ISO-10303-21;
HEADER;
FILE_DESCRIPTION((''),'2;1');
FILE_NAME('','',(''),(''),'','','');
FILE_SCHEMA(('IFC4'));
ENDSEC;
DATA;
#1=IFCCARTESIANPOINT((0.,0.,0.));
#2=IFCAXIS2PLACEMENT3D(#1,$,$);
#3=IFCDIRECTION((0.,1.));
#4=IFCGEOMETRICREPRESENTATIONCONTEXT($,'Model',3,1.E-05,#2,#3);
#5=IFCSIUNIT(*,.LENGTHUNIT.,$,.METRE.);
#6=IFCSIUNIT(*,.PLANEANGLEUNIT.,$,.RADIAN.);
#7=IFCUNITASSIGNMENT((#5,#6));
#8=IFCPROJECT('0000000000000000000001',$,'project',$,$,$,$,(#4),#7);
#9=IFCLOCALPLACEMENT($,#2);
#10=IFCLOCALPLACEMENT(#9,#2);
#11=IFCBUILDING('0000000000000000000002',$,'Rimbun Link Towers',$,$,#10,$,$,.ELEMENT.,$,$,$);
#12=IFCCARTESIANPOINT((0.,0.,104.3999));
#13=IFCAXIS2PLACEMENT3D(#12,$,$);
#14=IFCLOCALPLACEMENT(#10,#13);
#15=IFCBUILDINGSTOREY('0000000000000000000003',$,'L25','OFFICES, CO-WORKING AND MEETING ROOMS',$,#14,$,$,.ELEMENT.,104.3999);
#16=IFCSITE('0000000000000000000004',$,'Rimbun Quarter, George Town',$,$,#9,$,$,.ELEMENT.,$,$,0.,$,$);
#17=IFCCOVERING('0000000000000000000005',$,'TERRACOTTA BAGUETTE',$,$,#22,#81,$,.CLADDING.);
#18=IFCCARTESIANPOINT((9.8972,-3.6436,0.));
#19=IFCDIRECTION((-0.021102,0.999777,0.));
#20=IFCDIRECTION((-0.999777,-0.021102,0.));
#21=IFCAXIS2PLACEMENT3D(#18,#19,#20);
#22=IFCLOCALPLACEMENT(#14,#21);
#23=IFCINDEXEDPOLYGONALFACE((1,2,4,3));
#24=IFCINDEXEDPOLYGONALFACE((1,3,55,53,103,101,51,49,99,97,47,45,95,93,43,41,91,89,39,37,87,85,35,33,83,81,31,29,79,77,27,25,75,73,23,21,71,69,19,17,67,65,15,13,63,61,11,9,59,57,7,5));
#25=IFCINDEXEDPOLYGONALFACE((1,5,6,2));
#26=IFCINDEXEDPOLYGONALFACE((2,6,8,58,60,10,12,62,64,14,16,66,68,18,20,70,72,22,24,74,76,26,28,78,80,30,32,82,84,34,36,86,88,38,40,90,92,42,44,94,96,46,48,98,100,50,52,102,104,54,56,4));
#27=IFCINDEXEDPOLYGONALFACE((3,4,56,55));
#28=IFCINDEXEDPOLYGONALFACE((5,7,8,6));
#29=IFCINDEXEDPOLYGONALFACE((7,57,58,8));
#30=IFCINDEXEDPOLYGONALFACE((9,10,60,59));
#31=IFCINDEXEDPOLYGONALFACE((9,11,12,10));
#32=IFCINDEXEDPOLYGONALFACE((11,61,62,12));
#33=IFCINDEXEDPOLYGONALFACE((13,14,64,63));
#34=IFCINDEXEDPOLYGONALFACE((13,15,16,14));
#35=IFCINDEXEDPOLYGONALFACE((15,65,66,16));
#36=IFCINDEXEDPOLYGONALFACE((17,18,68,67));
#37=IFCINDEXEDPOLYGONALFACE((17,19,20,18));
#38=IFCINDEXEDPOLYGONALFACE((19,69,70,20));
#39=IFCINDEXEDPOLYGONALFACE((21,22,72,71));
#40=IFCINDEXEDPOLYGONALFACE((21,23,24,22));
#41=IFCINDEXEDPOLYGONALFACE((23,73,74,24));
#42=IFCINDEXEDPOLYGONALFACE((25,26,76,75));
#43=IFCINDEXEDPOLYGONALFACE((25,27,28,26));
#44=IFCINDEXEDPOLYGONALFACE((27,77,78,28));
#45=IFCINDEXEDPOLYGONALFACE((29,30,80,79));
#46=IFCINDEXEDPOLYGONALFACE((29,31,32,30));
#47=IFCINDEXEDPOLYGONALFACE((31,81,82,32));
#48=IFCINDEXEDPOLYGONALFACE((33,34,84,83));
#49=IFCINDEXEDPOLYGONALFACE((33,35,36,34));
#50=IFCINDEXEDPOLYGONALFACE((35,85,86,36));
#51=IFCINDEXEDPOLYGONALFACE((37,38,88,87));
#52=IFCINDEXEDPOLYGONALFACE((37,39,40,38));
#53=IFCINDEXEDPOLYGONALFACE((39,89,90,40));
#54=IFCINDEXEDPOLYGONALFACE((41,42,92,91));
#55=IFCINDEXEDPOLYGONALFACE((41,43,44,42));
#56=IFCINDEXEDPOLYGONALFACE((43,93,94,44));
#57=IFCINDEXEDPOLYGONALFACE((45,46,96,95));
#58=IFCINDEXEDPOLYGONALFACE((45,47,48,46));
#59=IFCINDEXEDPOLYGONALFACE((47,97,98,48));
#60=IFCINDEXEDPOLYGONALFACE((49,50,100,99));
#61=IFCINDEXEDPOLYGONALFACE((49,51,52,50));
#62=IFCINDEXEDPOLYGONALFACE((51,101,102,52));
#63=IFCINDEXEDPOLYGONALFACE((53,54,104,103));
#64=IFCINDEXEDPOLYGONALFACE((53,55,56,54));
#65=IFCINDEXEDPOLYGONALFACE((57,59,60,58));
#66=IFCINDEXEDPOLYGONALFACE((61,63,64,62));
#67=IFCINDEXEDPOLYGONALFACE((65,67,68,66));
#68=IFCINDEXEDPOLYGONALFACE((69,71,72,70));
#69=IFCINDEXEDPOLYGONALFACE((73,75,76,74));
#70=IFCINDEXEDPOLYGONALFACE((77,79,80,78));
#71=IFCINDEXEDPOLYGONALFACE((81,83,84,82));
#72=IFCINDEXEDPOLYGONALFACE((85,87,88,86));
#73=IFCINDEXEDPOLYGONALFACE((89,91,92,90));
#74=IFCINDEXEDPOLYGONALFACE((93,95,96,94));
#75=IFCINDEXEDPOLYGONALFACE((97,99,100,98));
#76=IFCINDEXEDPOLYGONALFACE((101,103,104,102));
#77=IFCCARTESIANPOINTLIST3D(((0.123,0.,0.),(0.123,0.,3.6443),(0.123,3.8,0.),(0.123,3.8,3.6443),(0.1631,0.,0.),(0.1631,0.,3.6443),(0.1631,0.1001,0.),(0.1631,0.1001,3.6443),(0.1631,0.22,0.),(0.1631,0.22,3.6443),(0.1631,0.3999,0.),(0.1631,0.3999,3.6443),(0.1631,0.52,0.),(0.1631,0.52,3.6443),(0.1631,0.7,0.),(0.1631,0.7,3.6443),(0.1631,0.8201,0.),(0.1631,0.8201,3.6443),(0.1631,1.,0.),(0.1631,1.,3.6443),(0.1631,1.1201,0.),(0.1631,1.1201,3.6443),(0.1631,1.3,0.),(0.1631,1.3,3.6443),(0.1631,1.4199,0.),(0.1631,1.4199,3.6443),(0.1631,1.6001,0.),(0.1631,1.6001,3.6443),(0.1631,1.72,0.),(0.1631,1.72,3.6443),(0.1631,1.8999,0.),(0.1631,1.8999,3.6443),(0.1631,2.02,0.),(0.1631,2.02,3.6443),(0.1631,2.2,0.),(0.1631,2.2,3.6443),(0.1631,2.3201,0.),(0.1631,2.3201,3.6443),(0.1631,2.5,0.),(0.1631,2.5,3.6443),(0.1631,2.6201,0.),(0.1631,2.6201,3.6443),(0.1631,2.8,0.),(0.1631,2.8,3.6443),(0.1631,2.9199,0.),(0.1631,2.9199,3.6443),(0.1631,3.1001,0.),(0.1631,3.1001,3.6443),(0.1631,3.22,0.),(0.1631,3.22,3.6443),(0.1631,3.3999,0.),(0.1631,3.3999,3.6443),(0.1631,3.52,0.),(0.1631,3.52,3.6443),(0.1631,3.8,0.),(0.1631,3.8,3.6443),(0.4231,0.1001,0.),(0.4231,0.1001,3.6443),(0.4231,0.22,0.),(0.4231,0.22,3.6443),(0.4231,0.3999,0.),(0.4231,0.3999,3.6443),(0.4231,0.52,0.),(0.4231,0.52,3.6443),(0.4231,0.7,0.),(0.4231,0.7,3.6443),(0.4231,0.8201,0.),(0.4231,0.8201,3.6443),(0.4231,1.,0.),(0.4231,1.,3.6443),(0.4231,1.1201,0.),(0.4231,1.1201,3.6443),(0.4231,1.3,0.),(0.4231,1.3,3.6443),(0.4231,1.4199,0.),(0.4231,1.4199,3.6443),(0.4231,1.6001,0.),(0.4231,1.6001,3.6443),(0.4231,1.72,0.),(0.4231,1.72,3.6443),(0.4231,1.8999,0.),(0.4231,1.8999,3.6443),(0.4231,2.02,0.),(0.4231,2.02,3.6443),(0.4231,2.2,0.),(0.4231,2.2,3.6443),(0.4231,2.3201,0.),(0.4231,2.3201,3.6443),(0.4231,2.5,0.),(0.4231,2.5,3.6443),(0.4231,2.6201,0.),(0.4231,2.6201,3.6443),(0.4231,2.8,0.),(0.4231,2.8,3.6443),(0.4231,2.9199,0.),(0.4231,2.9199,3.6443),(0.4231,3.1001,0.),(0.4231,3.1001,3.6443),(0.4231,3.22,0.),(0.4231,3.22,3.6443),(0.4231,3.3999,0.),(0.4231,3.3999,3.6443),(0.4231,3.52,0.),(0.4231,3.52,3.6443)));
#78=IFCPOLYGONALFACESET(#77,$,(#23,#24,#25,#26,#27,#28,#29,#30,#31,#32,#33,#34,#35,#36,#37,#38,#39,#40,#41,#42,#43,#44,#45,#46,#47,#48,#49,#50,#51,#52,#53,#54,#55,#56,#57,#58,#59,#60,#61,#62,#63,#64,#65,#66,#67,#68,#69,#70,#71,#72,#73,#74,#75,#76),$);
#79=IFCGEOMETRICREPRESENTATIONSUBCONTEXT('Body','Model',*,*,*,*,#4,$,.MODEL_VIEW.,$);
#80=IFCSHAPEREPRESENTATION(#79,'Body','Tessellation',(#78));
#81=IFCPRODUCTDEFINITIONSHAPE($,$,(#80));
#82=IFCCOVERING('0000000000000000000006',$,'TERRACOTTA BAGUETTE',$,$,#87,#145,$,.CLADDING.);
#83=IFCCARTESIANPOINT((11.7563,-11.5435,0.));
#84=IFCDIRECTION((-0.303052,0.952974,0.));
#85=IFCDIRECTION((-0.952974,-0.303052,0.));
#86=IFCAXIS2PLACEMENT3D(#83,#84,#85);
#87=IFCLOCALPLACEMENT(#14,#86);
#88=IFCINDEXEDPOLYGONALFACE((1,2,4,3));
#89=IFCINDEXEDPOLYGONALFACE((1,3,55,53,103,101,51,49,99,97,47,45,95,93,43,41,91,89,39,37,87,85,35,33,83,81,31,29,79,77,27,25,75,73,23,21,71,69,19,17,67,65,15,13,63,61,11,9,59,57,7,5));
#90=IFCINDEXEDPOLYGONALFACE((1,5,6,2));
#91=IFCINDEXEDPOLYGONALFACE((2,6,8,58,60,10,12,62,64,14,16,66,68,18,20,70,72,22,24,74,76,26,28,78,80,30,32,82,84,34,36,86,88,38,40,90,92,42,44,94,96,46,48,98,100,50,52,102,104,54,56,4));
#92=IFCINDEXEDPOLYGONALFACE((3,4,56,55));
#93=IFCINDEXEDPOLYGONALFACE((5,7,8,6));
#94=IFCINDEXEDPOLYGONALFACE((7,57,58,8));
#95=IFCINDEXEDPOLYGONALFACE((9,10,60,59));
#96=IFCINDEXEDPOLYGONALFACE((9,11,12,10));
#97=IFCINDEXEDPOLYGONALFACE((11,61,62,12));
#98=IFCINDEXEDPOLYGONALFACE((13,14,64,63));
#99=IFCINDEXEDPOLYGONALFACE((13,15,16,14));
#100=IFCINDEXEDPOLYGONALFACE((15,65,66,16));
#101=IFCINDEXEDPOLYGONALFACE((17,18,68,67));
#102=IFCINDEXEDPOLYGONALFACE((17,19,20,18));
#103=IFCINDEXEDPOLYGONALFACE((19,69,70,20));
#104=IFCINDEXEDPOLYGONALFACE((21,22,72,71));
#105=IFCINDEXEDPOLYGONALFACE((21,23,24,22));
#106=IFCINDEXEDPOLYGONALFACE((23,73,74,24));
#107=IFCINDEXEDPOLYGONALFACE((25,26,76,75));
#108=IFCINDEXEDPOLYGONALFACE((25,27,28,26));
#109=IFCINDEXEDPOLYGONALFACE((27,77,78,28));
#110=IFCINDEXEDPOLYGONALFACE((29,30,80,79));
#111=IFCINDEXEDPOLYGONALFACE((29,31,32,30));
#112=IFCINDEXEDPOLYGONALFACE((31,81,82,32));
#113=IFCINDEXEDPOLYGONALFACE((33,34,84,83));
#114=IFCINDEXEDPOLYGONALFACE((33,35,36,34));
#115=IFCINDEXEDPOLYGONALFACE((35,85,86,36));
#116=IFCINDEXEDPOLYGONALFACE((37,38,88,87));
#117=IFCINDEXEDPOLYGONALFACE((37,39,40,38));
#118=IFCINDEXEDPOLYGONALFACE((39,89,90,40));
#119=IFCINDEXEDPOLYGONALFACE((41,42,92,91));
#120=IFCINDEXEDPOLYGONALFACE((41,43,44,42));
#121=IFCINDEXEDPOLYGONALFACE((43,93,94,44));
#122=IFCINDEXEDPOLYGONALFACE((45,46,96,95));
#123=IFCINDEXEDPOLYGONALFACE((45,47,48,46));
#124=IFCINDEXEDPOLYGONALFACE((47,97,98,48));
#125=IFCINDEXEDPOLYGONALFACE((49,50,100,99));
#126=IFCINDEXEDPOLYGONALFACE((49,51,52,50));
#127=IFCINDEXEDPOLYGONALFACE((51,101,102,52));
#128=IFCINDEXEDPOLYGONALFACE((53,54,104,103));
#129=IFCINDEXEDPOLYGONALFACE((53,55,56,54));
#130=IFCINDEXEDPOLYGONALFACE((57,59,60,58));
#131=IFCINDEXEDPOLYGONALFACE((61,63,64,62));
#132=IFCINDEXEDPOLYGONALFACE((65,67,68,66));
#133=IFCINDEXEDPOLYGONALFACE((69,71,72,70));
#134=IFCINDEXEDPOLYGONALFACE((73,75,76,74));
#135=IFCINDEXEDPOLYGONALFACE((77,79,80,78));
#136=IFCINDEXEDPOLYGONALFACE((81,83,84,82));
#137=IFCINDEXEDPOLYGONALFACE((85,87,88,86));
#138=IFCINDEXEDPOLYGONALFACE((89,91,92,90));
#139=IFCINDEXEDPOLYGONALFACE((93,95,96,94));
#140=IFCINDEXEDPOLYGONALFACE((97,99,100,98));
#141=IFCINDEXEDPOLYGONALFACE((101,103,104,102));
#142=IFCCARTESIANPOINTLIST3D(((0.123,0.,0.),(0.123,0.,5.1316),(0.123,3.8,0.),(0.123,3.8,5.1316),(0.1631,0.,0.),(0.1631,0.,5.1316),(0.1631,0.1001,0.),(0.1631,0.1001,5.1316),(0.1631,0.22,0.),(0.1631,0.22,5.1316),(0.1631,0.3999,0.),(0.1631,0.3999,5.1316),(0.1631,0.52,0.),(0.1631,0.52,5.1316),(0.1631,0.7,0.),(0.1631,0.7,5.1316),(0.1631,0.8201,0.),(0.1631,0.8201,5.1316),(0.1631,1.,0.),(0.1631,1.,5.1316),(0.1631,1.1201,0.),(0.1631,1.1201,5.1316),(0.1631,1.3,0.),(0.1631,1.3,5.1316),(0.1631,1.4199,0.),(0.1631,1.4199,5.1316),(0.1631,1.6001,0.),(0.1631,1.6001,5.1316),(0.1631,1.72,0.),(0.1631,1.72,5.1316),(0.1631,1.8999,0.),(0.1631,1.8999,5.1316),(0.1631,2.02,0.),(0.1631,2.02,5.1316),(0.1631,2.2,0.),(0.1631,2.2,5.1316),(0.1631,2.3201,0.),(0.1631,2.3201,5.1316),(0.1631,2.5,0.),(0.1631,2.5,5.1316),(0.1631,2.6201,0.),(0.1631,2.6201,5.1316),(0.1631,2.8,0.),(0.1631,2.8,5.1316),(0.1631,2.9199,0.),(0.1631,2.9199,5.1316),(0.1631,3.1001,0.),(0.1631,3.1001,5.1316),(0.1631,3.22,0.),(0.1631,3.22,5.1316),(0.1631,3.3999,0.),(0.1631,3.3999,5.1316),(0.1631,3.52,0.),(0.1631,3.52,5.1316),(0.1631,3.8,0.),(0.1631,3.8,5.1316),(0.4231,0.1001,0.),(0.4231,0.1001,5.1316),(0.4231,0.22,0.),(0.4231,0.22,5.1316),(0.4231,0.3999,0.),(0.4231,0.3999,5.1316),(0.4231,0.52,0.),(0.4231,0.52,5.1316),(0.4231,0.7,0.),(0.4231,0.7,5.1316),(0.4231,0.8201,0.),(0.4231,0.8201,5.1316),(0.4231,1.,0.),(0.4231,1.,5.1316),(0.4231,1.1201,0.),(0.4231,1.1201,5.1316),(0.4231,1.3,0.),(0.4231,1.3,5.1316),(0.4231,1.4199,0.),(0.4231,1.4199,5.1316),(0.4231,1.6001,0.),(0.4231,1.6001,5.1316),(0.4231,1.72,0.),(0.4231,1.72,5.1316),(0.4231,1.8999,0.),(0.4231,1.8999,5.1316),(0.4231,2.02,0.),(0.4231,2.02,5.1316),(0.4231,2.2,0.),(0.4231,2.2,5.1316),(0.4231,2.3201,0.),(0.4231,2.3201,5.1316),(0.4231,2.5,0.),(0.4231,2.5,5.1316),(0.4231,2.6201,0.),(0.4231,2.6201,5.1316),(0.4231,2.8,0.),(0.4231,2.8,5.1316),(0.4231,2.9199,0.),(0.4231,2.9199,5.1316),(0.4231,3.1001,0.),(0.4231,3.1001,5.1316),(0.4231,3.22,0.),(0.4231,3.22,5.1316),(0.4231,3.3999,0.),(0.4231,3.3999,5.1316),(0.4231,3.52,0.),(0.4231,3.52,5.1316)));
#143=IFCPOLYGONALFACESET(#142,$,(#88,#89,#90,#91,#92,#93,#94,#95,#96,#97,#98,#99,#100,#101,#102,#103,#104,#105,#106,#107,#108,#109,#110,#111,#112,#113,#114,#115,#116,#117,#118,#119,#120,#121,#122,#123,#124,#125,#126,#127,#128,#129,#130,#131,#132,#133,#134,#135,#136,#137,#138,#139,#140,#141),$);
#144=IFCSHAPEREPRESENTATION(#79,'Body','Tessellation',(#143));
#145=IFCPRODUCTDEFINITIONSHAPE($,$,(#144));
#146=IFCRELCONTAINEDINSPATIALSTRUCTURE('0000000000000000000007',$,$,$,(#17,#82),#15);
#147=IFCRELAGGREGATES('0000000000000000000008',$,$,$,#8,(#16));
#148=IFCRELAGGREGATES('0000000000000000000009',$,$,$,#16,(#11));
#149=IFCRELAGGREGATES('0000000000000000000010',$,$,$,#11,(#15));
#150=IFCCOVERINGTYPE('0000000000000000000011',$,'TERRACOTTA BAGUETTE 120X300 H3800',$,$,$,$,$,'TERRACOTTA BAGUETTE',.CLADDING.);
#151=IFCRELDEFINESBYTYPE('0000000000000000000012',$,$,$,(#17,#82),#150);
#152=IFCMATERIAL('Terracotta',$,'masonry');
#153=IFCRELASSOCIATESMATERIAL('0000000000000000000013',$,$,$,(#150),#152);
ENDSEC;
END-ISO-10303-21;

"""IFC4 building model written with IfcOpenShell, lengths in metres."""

from ifc_helpers import new_model, si_unit, direction, frame, origin, place, context, subcontext, project, spatial, polyline, outline, extrude, material, material_profile, profile_set, type_object, element, save


model = new_model("IFC4")

# Units and contexts
model_context = context("Model", 3, precision=1e-05, world=origin(), true_north=direction((0.0, 1.0)))
body_context = subcontext(model_context, "Body", "Model", "MODEL_VIEW")
ifc_project = project(units=[si_unit("LENGTHUNIT", "METRE"), si_unit("PLANEANGLEUNIT", "RADIAN")], contexts=[model_context])

# Site, building, storey
site_placement = place(None, origin())
site = spatial("IfcSite", under=ifc_project, at=site_placement, Name="Rimbun Quarter, George Town", CompositionType="ELEMENT", RefElevation=0.0)
building_placement = place(site_placement, origin())
building = spatial("IfcBuilding", under=site, at=building_placement, Name="Rimbun Link Towers", CompositionType="ELEMENT")
storey_placement = place(building_placement, frame((0.0, 0.0, 104.3999)))
storey = spatial("IfcBuildingStorey", under=building, at=storey_placement, Name="L25", Description="OFFICES, CO-WORKING AND MEETING ROOMS", CompositionType="ELEMENT", Elevation=104.3999)

# Coverings
ifc_material_1 = material(Name="Terracotta", Category="masonry")
ifc_material_profile_1 = material_profile(ifc_material_1, outline(polyline([(0.123, 0.0), (0.1631, 0.0), (0.1631, 0.1001), (0.4231, 0.1001), (0.4231, 0.22), (0.1631, 0.22), (0.1631, 0.3999), (0.4231, 0.3999), (0.4231, 0.52), (0.1631, 0.52), (0.1631, 0.7), (0.4231, 0.7), (0.4231, 0.8201), (0.1631, 0.8201), (0.1631, 1.0), (0.4231, 1.0), (0.4231, 1.1201), (0.1631, 1.1201), (0.1631, 1.3), (0.4231, 1.3), (0.4231, 1.4199), (0.1631, 1.4199), (0.1631, 1.6001), (0.4231, 1.6001), (0.4231, 1.72), (0.1631, 1.72), (0.1631, 1.8999), (0.4231, 1.8999), (0.4231, 2.02), (0.1631, 2.02), (0.1631, 2.2), (0.4231, 2.2), (0.4231, 2.3201), (0.1631, 2.3201), (0.1631, 2.5), (0.4231, 2.5), (0.4231, 2.6201), (0.1631, 2.6201), (0.1631, 2.8), (0.4231, 2.8), (0.4231, 2.9199), (0.1631, 2.9199), (0.1631, 3.1001), (0.4231, 3.1001), (0.4231, 3.22), (0.1631, 3.22), (0.1631, 3.3999), (0.4231, 3.3999), (0.4231, 3.52), (0.1631, 3.52), (0.1631, 3.8), (0.123, 3.8), (0.123, 0.0)])), Name="BAGUETTE 120X300")
ifc_profile_set_1 = profile_set([ifc_material_profile_1], Name="Terracotta")
covering_type_1 = type_object("IfcCoveringType", Name="TERRACOTTA BAGUETTE 120X300 H3800", ElementType="TERRACOTTA BAGUETTE", PredefinedType="CLADDING", material=ifc_profile_set_1)
covering_1_placement = place(storey_placement, frame((9.8972, -3.6436, 0.0), z_axis=(-0.021102, 0.999777, 0.0), x_axis=(-0.999777, -0.021102, 0.0)))
element("IfcCovering", 1, at=covering_1_placement, inside=storey, type_object=covering_type_1, Name="TERRACOTTA BAGUETTE", PredefinedType="CLADDING", context=body_context, shape_type="SweptSolid", body=[
    extrude(outline(polyline([(0.123, 0.0), (0.1631, 0.0), (0.1631, 0.1001), (0.4231, 0.1001), (0.4231, 0.22), (0.1631, 0.22), (0.1631, 0.3999), (0.4231, 0.3999), (0.4231, 0.52), (0.1631, 0.52), (0.1631, 0.7), (0.4231, 0.7), (0.4231, 0.8201), (0.1631, 0.8201), (0.1631, 1.0), (0.4231, 1.0), (0.4231, 1.1201), (0.1631, 1.1201), (0.1631, 1.3), (0.4231, 1.3), (0.4231, 1.4199), (0.1631, 1.4199), (0.1631, 1.6001), (0.4231, 1.6001), (0.4231, 1.72), (0.1631, 1.72), (0.1631, 1.8999), (0.4231, 1.8999), (0.4231, 2.02), (0.1631, 2.02), (0.1631, 2.2), (0.4231, 2.2), (0.4231, 2.3201), (0.1631, 2.3201), (0.1631, 2.5), (0.4231, 2.5), (0.4231, 2.6201), (0.1631, 2.6201), (0.1631, 2.8), (0.4231, 2.8), (0.4231, 2.9199), (0.1631, 2.9199), (0.1631, 3.1001), (0.4231, 3.1001), (0.4231, 3.22), (0.1631, 3.22), (0.1631, 3.3999), (0.4231, 3.3999), (0.4231, 3.52), (0.1631, 3.52), (0.1631, 3.8), (0.123, 3.8), (0.123, 0.0)])), origin(), (0.0, 0.0, 1.0), 3.6443),
])
covering_2_placement = place(storey_placement, frame((11.7563, -11.5435, 0.0), z_axis=(-0.303052, 0.952974, 0.0), x_axis=(-0.952974, -0.303052, 0.0)))
element("IfcCovering", 2, at=covering_2_placement, inside=storey, type_object=covering_type_1, Name="TERRACOTTA BAGUETTE", PredefinedType="CLADDING", context=body_context, shape_type="SweptSolid", body=[
    extrude(outline(polyline([(0.123, 0.0), (0.1631, 0.0), (0.1631, 0.1001), (0.4231, 0.1001), (0.4231, 0.22), (0.1631, 0.22), (0.1631, 0.3999), (0.4231, 0.3999), (0.4231, 0.52), (0.1631, 0.52), (0.1631, 0.7), (0.4231, 0.7), (0.4231, 0.8201), (0.1631, 0.8201), (0.1631, 1.0), (0.4231, 1.0), (0.4231, 1.1201), (0.1631, 1.1201), (0.1631, 1.3), (0.4231, 1.3), (0.4231, 1.4199), (0.1631, 1.4199), (0.1631, 1.6001), (0.4231, 1.6001), (0.4231, 1.72), (0.1631, 1.72), (0.1631, 1.8999), (0.4231, 1.8999), (0.4231, 2.02), (0.1631, 2.02), (0.1631, 2.2), (0.4231, 2.2), (0.4231, 2.3201), (0.1631, 2.3201), (0.1631, 2.5), (0.4231, 2.5), (0.4231, 2.6201), (0.1631, 2.6201), (0.1631, 2.8), (0.4231, 2.8), (0.4231, 2.9199), (0.1631, 2.9199), (0.1631, 3.1001), (0.4231, 3.1001), (0.4231, 3.22), (0.1631, 3.22), (0.1631, 3.3999), (0.4231, 3.3999), (0.4231, 3.52), (0.1631, 3.52), (0.1631, 3.8), (0.123, 3.8), (0.123, 0.0)])), origin(), (0.0, 0.0, 1.0), 5.1316),
])

save(model, "model.ifc")
